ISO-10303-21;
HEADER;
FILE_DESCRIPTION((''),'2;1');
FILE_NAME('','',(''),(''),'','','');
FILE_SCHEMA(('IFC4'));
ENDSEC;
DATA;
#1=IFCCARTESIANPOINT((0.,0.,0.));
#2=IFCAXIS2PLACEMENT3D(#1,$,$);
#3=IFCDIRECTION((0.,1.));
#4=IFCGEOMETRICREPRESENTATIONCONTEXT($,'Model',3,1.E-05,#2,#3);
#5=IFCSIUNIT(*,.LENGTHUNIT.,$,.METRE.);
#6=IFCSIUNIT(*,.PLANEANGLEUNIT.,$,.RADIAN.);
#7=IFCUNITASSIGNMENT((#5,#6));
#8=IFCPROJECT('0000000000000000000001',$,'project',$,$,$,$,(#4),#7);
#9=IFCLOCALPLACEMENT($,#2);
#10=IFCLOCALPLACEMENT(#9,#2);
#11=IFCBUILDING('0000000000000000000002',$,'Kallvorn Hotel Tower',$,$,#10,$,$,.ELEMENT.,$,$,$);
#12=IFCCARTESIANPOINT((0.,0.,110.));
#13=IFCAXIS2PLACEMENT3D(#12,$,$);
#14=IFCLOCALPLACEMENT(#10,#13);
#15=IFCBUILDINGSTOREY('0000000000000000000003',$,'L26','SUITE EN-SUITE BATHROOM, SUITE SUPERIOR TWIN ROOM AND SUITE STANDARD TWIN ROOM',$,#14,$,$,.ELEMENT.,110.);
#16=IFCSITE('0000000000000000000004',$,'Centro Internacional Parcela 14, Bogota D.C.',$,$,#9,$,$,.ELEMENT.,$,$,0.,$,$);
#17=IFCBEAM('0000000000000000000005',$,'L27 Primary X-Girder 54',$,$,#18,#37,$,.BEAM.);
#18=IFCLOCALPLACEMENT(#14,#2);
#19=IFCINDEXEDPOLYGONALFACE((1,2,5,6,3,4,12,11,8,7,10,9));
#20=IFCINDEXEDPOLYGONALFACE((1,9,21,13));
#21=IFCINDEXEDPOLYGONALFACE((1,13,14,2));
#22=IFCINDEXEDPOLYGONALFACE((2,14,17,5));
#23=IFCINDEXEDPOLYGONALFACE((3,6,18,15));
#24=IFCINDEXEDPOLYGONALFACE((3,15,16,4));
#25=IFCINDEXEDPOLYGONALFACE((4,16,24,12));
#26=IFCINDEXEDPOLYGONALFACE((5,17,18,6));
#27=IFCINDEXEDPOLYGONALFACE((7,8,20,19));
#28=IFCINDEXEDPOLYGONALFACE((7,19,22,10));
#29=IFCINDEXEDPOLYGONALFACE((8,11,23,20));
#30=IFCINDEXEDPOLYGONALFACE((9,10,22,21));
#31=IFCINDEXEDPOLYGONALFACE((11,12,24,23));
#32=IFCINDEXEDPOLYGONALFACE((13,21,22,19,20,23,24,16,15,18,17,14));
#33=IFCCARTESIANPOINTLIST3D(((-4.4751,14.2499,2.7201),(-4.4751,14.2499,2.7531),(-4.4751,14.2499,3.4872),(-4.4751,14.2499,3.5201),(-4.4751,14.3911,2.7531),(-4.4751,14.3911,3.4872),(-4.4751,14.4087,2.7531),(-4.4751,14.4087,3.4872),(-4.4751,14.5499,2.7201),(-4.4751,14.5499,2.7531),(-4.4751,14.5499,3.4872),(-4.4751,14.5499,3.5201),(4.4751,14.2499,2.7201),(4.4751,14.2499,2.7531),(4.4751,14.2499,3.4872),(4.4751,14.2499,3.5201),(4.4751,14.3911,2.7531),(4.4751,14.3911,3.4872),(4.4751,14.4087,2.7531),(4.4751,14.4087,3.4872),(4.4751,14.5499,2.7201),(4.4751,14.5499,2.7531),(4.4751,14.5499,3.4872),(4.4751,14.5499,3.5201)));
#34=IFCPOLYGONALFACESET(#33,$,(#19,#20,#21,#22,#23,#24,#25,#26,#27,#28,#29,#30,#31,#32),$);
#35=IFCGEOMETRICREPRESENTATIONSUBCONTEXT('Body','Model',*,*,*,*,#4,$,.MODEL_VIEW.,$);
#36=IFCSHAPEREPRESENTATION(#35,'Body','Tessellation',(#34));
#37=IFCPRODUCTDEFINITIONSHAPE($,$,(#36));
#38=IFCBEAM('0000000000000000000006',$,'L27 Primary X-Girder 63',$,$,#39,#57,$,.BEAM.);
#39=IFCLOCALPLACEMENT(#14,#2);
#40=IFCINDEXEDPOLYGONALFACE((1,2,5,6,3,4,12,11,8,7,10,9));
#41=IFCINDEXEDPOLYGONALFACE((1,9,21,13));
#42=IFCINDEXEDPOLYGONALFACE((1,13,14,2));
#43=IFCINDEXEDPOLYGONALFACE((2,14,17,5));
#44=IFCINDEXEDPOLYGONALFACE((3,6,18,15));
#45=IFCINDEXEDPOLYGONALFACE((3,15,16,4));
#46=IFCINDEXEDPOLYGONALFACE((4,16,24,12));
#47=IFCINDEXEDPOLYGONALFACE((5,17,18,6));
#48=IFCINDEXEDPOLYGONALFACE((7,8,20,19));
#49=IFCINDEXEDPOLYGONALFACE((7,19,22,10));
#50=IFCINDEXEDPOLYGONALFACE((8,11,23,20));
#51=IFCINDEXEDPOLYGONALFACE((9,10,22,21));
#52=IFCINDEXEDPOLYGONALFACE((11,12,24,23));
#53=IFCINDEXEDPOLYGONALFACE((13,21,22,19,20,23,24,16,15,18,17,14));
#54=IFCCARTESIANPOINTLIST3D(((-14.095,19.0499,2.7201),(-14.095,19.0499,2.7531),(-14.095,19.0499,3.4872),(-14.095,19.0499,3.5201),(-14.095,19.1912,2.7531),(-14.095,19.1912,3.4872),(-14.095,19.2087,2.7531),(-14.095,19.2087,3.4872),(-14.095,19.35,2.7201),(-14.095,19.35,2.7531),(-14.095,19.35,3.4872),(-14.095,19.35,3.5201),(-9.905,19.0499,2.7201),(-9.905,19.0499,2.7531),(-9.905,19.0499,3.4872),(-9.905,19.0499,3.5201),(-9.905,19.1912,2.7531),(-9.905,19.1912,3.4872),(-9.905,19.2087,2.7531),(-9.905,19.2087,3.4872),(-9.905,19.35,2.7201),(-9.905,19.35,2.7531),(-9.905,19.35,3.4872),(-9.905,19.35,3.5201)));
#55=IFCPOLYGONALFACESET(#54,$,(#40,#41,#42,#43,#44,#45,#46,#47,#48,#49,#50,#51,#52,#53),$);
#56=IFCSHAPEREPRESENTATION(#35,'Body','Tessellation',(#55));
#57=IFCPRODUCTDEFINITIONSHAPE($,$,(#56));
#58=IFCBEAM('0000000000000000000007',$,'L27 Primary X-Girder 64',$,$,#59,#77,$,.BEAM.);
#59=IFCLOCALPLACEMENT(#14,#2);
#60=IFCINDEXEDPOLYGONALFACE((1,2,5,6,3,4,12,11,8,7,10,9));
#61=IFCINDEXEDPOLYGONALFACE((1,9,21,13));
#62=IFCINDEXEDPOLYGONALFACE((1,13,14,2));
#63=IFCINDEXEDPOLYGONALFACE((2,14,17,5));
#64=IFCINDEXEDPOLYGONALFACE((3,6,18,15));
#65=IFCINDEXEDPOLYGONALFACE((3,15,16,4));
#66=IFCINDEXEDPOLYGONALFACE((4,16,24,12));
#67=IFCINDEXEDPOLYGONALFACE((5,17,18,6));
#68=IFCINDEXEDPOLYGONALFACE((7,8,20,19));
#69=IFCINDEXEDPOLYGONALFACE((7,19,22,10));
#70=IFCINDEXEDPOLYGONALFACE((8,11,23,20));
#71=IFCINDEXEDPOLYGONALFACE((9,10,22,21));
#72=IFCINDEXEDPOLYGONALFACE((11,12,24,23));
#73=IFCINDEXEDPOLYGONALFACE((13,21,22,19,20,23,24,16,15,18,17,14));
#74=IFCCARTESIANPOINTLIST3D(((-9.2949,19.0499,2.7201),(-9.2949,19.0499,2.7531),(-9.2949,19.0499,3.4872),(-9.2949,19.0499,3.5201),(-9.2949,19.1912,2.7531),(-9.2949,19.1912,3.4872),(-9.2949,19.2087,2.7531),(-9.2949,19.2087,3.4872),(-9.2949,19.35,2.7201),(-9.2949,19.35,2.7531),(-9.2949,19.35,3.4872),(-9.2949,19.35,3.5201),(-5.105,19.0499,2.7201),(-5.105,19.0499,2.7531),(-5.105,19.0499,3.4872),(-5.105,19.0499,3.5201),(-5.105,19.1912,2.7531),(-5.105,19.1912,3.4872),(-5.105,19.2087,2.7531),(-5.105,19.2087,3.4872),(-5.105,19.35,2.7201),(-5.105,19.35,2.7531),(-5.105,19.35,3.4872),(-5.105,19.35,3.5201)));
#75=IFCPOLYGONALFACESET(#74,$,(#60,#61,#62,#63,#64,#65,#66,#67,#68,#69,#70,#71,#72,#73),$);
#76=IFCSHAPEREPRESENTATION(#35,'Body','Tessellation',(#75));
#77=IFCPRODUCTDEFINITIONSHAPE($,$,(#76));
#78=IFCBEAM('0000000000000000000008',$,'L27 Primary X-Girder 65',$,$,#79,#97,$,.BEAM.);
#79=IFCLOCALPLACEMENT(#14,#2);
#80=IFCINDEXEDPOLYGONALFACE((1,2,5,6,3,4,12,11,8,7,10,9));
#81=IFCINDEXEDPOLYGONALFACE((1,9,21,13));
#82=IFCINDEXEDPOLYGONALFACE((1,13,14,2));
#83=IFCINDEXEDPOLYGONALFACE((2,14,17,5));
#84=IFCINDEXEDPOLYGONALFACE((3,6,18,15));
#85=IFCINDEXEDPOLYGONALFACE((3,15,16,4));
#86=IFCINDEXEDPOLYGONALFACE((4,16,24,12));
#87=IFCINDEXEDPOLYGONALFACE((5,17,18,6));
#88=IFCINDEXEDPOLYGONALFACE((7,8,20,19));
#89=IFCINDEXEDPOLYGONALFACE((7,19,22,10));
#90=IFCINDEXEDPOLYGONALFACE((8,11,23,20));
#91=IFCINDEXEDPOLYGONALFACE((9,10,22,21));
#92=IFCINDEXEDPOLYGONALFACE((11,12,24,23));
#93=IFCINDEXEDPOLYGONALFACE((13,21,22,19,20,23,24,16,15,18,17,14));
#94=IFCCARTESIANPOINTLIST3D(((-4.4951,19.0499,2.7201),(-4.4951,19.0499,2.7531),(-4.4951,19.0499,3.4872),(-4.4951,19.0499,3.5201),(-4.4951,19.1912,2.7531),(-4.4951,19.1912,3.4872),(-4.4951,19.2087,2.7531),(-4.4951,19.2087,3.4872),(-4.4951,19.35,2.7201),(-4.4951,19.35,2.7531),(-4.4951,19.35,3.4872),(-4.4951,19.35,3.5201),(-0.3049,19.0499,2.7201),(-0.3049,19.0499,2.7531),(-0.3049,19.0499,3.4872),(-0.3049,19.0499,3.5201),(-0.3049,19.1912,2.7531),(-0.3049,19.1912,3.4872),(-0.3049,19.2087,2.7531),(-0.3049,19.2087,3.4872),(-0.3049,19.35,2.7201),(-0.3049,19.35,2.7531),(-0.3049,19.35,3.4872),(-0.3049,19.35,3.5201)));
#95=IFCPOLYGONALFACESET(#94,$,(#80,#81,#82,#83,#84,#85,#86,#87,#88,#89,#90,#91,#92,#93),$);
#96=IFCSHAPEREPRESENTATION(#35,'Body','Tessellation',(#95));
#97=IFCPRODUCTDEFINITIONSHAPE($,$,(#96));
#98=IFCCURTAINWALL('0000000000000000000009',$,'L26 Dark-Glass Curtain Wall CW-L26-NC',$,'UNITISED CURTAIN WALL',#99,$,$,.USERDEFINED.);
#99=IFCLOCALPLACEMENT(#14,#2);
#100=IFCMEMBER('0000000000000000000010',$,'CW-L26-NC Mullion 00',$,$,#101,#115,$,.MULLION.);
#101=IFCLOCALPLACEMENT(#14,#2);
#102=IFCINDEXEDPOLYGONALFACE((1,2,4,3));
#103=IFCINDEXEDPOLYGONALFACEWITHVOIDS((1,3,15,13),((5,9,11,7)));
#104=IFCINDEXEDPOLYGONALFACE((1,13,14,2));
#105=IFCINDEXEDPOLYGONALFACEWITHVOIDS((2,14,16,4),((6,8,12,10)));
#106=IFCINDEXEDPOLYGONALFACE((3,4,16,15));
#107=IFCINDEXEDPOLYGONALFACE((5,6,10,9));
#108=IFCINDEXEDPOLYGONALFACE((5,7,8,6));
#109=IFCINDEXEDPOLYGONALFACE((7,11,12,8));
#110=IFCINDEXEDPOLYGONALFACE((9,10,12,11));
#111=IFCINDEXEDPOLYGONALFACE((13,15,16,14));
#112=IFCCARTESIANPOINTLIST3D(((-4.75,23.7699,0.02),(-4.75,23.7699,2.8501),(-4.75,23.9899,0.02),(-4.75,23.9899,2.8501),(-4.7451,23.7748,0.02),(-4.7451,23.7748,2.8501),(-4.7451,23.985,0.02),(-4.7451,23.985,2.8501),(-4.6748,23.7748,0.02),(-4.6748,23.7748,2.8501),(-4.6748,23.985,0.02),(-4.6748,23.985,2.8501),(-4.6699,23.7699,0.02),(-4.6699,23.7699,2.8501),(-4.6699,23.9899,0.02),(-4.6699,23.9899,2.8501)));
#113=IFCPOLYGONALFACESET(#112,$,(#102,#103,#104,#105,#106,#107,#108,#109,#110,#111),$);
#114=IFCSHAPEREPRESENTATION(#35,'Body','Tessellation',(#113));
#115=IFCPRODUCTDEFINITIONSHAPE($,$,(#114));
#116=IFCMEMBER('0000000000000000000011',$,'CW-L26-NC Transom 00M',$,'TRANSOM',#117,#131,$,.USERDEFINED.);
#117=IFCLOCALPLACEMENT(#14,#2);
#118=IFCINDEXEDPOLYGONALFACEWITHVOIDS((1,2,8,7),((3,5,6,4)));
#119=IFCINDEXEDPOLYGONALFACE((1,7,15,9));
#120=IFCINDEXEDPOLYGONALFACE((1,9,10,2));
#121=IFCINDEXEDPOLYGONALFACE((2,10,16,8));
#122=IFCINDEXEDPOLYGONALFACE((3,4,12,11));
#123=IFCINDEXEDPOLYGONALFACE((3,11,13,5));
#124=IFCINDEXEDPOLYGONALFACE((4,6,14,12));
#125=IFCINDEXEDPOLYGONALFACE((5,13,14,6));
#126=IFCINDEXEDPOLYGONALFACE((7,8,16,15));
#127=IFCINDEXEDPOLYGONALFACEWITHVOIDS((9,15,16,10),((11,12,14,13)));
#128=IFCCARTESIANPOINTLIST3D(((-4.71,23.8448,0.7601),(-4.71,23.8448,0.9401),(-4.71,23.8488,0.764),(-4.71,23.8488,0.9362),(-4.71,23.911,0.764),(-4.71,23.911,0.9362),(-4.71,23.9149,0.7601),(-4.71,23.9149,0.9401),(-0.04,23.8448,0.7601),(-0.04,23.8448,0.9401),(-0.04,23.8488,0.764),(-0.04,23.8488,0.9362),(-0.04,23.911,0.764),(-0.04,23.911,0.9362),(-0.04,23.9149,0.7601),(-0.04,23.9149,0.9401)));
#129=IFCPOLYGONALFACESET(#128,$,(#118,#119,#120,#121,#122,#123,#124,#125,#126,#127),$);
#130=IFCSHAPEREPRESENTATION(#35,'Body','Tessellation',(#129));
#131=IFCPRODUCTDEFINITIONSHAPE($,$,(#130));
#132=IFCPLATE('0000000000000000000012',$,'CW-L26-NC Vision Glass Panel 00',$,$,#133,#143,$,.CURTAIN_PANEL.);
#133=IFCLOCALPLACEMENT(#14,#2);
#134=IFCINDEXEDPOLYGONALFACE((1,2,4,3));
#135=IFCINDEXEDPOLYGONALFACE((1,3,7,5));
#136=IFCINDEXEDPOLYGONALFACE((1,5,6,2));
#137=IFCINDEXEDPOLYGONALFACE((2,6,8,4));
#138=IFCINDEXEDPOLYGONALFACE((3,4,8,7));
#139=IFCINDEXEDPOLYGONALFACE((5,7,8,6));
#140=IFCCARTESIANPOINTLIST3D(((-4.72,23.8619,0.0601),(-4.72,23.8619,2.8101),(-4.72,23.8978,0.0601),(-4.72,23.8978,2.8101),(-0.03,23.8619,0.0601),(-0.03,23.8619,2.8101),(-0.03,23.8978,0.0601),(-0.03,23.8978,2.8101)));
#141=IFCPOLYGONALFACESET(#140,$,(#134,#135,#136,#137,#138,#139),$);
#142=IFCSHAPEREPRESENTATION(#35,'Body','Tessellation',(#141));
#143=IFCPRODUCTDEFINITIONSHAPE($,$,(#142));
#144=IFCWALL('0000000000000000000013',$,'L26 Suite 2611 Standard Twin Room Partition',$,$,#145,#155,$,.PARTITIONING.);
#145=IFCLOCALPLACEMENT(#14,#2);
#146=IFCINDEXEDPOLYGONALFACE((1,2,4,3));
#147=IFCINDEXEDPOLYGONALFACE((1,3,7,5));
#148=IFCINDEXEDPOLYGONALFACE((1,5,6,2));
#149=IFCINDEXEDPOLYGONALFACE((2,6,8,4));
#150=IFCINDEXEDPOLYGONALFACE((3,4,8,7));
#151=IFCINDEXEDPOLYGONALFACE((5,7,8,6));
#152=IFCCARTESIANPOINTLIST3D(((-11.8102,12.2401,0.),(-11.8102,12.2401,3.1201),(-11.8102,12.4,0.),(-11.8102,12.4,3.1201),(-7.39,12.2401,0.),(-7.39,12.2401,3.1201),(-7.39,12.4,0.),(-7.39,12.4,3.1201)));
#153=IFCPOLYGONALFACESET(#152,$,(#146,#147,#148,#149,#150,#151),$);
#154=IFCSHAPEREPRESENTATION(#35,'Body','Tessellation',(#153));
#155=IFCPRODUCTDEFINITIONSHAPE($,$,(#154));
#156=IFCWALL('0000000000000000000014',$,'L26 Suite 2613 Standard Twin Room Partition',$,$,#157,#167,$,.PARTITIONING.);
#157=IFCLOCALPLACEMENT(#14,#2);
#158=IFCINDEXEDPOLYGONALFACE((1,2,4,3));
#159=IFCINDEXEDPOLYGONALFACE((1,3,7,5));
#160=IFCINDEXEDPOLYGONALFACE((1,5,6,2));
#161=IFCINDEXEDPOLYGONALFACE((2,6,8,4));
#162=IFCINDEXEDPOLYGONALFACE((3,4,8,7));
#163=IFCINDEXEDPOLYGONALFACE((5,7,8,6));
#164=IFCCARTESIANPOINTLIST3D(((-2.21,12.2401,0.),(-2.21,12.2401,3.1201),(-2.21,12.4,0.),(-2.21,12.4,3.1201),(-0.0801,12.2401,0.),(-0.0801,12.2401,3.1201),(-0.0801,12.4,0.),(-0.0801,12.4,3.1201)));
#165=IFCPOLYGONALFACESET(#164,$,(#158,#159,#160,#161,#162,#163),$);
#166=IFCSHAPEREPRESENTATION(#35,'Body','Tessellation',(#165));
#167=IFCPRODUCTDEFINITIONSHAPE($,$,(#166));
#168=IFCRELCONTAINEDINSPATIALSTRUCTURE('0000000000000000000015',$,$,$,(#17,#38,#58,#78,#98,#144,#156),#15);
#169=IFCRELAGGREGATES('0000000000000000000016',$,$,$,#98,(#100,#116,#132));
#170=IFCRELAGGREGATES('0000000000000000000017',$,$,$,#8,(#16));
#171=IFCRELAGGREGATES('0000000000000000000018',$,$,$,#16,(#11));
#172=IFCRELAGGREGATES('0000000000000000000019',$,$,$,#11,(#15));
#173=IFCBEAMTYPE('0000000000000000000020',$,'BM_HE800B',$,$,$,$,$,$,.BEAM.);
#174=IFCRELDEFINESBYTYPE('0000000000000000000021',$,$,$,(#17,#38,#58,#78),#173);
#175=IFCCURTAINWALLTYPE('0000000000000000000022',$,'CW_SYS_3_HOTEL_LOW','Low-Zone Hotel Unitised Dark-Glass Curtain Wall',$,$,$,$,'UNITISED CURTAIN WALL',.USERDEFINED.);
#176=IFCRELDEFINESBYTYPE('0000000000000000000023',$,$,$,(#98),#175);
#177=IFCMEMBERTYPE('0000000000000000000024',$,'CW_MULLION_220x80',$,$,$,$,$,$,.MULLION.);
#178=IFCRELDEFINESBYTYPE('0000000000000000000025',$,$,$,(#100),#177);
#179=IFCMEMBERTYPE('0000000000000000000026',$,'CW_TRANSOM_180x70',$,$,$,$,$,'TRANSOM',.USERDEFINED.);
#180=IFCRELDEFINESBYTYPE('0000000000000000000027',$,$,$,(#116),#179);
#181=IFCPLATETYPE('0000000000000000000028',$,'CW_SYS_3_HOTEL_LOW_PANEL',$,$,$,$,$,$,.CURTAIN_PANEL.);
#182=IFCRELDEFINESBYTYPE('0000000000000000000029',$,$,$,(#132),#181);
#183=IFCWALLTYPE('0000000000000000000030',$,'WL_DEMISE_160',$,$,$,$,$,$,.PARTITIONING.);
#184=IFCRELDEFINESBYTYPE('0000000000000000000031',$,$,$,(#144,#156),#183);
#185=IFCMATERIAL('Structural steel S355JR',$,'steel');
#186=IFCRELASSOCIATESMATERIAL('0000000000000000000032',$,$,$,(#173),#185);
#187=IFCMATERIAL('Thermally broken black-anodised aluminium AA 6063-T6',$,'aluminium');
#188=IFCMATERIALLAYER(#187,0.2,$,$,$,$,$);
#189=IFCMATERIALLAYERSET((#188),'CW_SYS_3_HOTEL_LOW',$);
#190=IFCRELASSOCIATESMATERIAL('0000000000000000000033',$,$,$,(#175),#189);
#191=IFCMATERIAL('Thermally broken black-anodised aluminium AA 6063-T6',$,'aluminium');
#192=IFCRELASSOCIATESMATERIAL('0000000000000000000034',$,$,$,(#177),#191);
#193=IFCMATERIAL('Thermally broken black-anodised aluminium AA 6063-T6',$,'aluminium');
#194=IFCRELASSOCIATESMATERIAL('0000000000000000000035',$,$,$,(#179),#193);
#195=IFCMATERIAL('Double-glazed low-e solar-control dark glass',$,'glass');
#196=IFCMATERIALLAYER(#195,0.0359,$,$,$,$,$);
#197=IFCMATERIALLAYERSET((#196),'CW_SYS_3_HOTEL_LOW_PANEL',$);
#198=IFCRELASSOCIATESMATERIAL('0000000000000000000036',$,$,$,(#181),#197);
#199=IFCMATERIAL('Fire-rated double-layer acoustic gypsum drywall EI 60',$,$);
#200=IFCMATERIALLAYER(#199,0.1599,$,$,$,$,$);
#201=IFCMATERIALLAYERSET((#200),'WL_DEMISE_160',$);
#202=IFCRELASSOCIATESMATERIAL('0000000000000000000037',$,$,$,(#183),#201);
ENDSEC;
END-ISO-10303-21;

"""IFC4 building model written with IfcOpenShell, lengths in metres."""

from ifc_helpers import new_model, si_unit, direction, frame, frame_2d, origin, origin_2d, place, context, subcontext, project, spatial, rectangle, hollow_rectangle, i_section, extrude, material, layer, layer_set, material_profile, profile_set, type_object, element, aggregate, save


model = new_model("IFC4")

# Units and contexts
model_context = context("Model", 3, precision=1e-05, world=origin(), true_north=direction((0.0, 1.0)))
body_context = subcontext(model_context, "Body", "Model", "MODEL_VIEW")
ifc_project = project(units=[si_unit("LENGTHUNIT", "METRE"), si_unit("PLANEANGLEUNIT", "RADIAN")], contexts=[model_context])

# Site, building, storey
site_placement = place(None, origin())
site = spatial("IfcSite", under=ifc_project, at=site_placement, Name="Centro Internacional Parcela 14, Bogota D.C.", CompositionType="ELEMENT", RefElevation=0.0)
building_placement = place(site_placement, origin())
building = spatial("IfcBuilding", under=site, at=building_placement, Name="Kallvorn Hotel Tower", CompositionType="ELEMENT")
storey_placement = place(building_placement, frame((0.0, 0.0, 110.0)))
storey = spatial("IfcBuildingStorey", under=building, at=storey_placement, Name="L26", Description="SUITE EN-SUITE BATHROOM, SUITE SUPERIOR TWIN ROOM AND SUITE STANDARD TWIN ROOM", CompositionType="ELEMENT", Elevation=110.0)

# Beams
ifc_material_1 = material(Name="Structural steel S355JR", Category="steel")
ifc_material_profile_1 = material_profile(ifc_material_1, i_section(OverallWidth=0.3, OverallDepth=0.8, WebThickness=0.0176, FlangeThickness=0.033, at=origin_2d()), Name="HE 800 B")
ifc_profile_set_1 = profile_set([ifc_material_profile_1], Name="Structural steel S355JR")
beam_type_1 = type_object("IfcBeamType", Name="BM_HE800B", PredefinedType="BEAM", material=ifc_profile_set_1)
beam_1_placement = place(storey_placement, frame((-4.4751, 14.3999, 3.1201), z_axis=(1.0, 0.0, 0.0), x_axis=(0.0, 1.0, 0.0)))
element("IfcBeam", 1, at=beam_1_placement, inside=storey, type_object=beam_type_1, Name="L27 Primary X-Girder 54", PredefinedType="BEAM", context=body_context, shape_type="SweptSolid", body=[
    extrude(i_section(OverallWidth=0.3, OverallDepth=0.8, WebThickness=0.0176, FlangeThickness=0.033, at=origin_2d()), origin(), (0.0, 0.0, 1.0), 8.9502),
])
for number, where, z_axis, x_axis, name in (
    (2, (-14.095, 19.2, 3.1201), (1.0, 0.0, 0.0), (0.0, 1.0, 0.0), "L27 Primary X-Girder 63"),
    (3, (-9.2949, 19.2, 3.1201), (1.0, 0.0, 0.0), (0.0, 1.0, 0.0), "L27 Primary X-Girder 64"),
):
    element("IfcBeam", number, at=place(storey_placement, frame(where, z_axis=z_axis, x_axis=x_axis)), inside=storey, type_object=beam_type_1, Name=name, PredefinedType="BEAM", context=body_context, shape_type="SweptSolid", body=[
        extrude(i_section(OverallWidth=0.3, OverallDepth=0.8, WebThickness=0.0176, FlangeThickness=0.033, at=origin_2d()), origin(), (0.0, 0.0, 1.0), 4.1899),
    ])
beam_2_placement = place(storey_placement, frame((-4.4951, 19.2, 3.1201), z_axis=(1.0, 0.0, 0.0), x_axis=(0.0, 1.0, 0.0)))
element("IfcBeam", 4, at=beam_2_placement, inside=storey, type_object=beam_type_1, Name="L27 Primary X-Girder 65", PredefinedType="BEAM", context=body_context, shape_type="SweptSolid", body=[
    extrude(i_section(OverallWidth=0.3, OverallDepth=0.8, WebThickness=0.0176, FlangeThickness=0.033, at=origin_2d()), origin(), (0.0, 0.0, 1.0), 4.1902),
])

# Curtain wall, members, plate
ifc_material_2 = material(Name="Thermally broken black-anodised aluminium AA 6063-T6", Category="aluminium")
ifc_layer_1 = layer(ifc_material_2, 0.2)
ifc_layer_set_1 = layer_set([ifc_layer_1], Name="CW_SYS_3_HOTEL_LOW")
curtain_wall_type = type_object("IfcCurtainWallType", Name="CW_SYS_3_HOTEL_LOW", Description="Low-Zone Hotel Unitised Dark-Glass Curtain Wall", ElementType="UNITISED CURTAIN WALL", PredefinedType="USERDEFINED", material=ifc_layer_set_1)
curtain_wall_placement = place(storey_placement, origin())
curtain_wall = element("IfcCurtainWall", 5, at=curtain_wall_placement, inside=storey, type_object=curtain_wall_type, Name="L26 Dark-Glass Curtain Wall CW-L26-NC", ObjectType="UNITISED CURTAIN WALL", PredefinedType="USERDEFINED")
ifc_material_3 = material(Name="Thermally broken black-anodised aluminium AA 6063-T6", Category="aluminium")
ifc_material_profile_2 = material_profile(ifc_material_3, hollow_rectangle(XDim=0.0801, YDim=0.22, WallThickness=0.0049, at=origin_2d()), Name="MUL 220x80")
ifc_profile_set_2 = profile_set([ifc_material_profile_2], Name="Thermally broken black-anodised aluminium AA 6063-T6")
member_type_1 = type_object("IfcMemberType", Name="CW_MULLION_220x80", PredefinedType="MULLION", material=ifc_profile_set_2)
member_1_placement = place(storey_placement, frame((-4.71, 23.8799, 0.02), z_axis=(0.0, 0.0, 1.0), x_axis=(1.0, 0.0, 0.0)))
member_1 = element("IfcMember", 6, at=member_1_placement, type_object=member_type_1, Name="CW-L26-NC Mullion 00", PredefinedType="MULLION", context=body_context, shape_type="SweptSolid", body=[
    extrude(hollow_rectangle(XDim=0.0801, YDim=0.22, WallThickness=0.0049, at=origin_2d()), origin(), (0.0, 0.0, 1.0), 2.8301),
])
ifc_material_4 = material(Name="Thermally broken black-anodised aluminium AA 6063-T6", Category="aluminium")
ifc_material_profile_3 = material_profile(ifc_material_4, hollow_rectangle(XDim=0.0701, YDim=0.1799, WallThickness=0.0039, at=origin_2d()), Name="TRN 180x70")
ifc_profile_set_3 = profile_set([ifc_material_profile_3], Name="Thermally broken black-anodised aluminium AA 6063-T6")
member_type_2 = type_object("IfcMemberType", Name="CW_TRANSOM_180x70", ElementType="TRANSOM", PredefinedType="USERDEFINED", material=ifc_profile_set_3)
member_2_placement = place(storey_placement, frame((-4.71, 23.8799, 0.8501), z_axis=(1.0, 0.0, 0.0), x_axis=(0.0, 1.0, 0.0)))
member_2 = element("IfcMember", 7, at=member_2_placement, type_object=member_type_2, Name="CW-L26-NC Transom 00M", ObjectType="TRANSOM", PredefinedType="USERDEFINED", context=body_context, shape_type="SweptSolid", body=[
    extrude(hollow_rectangle(XDim=0.0701, YDim=0.1799, WallThickness=0.0039, at=origin_2d()), origin(), (0.0, 0.0, 1.0), 4.6699),
])
ifc_material_5 = material(Name="Double-glazed low-e solar-control dark glass", Category="glass")
ifc_layer_2 = layer(ifc_material_5, 0.0359)
ifc_layer_set_2 = layer_set([ifc_layer_2], Name="CW_SYS_3_HOTEL_LOW_PANEL")
plate_type = type_object("IfcPlateType", Name="CW_SYS_3_HOTEL_LOW_PANEL", PredefinedType="CURTAIN_PANEL", material=ifc_layer_set_2)
plate_placement = place(storey_placement, frame((-2.375, 23.8799, 0.0601), z_axis=(0.0, 0.0, 1.0), x_axis=(1.0, 0.0, 0.0)))
plate = element("IfcPlate", 8, at=plate_placement, type_object=plate_type, Name="CW-L26-NC Vision Glass Panel 00", PredefinedType="CURTAIN_PANEL", context=body_context, shape_type="SweptSolid", body=[
    extrude(rectangle(XDim=4.6899, YDim=0.0359, at=origin_2d()), origin(), (0.0, 0.0, 1.0), 2.75),
])
aggregate(curtain_wall, [member_1, member_2, plate])

# Walls
ifc_material_6 = material(Name="Fire-rated double-layer acoustic gypsum drywall EI 60")
ifc_layer_3 = layer(ifc_material_6, 0.1599)
ifc_layer_set_3 = layer_set([ifc_layer_3], Name="WL_DEMISE_160")
wall_type = type_object("IfcWallType", Name="WL_DEMISE_160", PredefinedType="PARTITIONING", material=ifc_layer_set_3)
wall_1_placement = place(storey_placement, frame((-11.8101, 12.3201, 0.0), z_axis=(0.0, 0.0, 1.0), x_axis=(1.0, 0.0, 0.0)))
element("IfcWall", 9, at=wall_1_placement, inside=storey, type_object=wall_type, Name="L26 Suite 2611 Standard Twin Room Partition", PredefinedType="PARTITIONING", context=body_context, shape_type="SweptSolid", body=[
    extrude(rectangle(XDim=4.4202, YDim=0.1599, at=frame_2d((2.21, 0.0))), origin(), (0.0, 0.0, 1.0), 3.1201),
])
wall_2_placement = place(storey_placement, frame((-2.21, 12.3201, 0.0), z_axis=(0.0, 0.0, 1.0), x_axis=(1.0, 0.0, 0.0)))
element("IfcWall", 10, at=wall_2_placement, inside=storey, type_object=wall_type, Name="L26 Suite 2613 Standard Twin Room Partition", PredefinedType="PARTITIONING", context=body_context, shape_type="SweptSolid", body=[
    extrude(rectangle(XDim=2.1299, YDim=0.1599, at=frame_2d((1.0649, 0.0))), origin(), (0.0, 0.0, 1.0), 3.1201),
])

save(model, "model.ifc")
